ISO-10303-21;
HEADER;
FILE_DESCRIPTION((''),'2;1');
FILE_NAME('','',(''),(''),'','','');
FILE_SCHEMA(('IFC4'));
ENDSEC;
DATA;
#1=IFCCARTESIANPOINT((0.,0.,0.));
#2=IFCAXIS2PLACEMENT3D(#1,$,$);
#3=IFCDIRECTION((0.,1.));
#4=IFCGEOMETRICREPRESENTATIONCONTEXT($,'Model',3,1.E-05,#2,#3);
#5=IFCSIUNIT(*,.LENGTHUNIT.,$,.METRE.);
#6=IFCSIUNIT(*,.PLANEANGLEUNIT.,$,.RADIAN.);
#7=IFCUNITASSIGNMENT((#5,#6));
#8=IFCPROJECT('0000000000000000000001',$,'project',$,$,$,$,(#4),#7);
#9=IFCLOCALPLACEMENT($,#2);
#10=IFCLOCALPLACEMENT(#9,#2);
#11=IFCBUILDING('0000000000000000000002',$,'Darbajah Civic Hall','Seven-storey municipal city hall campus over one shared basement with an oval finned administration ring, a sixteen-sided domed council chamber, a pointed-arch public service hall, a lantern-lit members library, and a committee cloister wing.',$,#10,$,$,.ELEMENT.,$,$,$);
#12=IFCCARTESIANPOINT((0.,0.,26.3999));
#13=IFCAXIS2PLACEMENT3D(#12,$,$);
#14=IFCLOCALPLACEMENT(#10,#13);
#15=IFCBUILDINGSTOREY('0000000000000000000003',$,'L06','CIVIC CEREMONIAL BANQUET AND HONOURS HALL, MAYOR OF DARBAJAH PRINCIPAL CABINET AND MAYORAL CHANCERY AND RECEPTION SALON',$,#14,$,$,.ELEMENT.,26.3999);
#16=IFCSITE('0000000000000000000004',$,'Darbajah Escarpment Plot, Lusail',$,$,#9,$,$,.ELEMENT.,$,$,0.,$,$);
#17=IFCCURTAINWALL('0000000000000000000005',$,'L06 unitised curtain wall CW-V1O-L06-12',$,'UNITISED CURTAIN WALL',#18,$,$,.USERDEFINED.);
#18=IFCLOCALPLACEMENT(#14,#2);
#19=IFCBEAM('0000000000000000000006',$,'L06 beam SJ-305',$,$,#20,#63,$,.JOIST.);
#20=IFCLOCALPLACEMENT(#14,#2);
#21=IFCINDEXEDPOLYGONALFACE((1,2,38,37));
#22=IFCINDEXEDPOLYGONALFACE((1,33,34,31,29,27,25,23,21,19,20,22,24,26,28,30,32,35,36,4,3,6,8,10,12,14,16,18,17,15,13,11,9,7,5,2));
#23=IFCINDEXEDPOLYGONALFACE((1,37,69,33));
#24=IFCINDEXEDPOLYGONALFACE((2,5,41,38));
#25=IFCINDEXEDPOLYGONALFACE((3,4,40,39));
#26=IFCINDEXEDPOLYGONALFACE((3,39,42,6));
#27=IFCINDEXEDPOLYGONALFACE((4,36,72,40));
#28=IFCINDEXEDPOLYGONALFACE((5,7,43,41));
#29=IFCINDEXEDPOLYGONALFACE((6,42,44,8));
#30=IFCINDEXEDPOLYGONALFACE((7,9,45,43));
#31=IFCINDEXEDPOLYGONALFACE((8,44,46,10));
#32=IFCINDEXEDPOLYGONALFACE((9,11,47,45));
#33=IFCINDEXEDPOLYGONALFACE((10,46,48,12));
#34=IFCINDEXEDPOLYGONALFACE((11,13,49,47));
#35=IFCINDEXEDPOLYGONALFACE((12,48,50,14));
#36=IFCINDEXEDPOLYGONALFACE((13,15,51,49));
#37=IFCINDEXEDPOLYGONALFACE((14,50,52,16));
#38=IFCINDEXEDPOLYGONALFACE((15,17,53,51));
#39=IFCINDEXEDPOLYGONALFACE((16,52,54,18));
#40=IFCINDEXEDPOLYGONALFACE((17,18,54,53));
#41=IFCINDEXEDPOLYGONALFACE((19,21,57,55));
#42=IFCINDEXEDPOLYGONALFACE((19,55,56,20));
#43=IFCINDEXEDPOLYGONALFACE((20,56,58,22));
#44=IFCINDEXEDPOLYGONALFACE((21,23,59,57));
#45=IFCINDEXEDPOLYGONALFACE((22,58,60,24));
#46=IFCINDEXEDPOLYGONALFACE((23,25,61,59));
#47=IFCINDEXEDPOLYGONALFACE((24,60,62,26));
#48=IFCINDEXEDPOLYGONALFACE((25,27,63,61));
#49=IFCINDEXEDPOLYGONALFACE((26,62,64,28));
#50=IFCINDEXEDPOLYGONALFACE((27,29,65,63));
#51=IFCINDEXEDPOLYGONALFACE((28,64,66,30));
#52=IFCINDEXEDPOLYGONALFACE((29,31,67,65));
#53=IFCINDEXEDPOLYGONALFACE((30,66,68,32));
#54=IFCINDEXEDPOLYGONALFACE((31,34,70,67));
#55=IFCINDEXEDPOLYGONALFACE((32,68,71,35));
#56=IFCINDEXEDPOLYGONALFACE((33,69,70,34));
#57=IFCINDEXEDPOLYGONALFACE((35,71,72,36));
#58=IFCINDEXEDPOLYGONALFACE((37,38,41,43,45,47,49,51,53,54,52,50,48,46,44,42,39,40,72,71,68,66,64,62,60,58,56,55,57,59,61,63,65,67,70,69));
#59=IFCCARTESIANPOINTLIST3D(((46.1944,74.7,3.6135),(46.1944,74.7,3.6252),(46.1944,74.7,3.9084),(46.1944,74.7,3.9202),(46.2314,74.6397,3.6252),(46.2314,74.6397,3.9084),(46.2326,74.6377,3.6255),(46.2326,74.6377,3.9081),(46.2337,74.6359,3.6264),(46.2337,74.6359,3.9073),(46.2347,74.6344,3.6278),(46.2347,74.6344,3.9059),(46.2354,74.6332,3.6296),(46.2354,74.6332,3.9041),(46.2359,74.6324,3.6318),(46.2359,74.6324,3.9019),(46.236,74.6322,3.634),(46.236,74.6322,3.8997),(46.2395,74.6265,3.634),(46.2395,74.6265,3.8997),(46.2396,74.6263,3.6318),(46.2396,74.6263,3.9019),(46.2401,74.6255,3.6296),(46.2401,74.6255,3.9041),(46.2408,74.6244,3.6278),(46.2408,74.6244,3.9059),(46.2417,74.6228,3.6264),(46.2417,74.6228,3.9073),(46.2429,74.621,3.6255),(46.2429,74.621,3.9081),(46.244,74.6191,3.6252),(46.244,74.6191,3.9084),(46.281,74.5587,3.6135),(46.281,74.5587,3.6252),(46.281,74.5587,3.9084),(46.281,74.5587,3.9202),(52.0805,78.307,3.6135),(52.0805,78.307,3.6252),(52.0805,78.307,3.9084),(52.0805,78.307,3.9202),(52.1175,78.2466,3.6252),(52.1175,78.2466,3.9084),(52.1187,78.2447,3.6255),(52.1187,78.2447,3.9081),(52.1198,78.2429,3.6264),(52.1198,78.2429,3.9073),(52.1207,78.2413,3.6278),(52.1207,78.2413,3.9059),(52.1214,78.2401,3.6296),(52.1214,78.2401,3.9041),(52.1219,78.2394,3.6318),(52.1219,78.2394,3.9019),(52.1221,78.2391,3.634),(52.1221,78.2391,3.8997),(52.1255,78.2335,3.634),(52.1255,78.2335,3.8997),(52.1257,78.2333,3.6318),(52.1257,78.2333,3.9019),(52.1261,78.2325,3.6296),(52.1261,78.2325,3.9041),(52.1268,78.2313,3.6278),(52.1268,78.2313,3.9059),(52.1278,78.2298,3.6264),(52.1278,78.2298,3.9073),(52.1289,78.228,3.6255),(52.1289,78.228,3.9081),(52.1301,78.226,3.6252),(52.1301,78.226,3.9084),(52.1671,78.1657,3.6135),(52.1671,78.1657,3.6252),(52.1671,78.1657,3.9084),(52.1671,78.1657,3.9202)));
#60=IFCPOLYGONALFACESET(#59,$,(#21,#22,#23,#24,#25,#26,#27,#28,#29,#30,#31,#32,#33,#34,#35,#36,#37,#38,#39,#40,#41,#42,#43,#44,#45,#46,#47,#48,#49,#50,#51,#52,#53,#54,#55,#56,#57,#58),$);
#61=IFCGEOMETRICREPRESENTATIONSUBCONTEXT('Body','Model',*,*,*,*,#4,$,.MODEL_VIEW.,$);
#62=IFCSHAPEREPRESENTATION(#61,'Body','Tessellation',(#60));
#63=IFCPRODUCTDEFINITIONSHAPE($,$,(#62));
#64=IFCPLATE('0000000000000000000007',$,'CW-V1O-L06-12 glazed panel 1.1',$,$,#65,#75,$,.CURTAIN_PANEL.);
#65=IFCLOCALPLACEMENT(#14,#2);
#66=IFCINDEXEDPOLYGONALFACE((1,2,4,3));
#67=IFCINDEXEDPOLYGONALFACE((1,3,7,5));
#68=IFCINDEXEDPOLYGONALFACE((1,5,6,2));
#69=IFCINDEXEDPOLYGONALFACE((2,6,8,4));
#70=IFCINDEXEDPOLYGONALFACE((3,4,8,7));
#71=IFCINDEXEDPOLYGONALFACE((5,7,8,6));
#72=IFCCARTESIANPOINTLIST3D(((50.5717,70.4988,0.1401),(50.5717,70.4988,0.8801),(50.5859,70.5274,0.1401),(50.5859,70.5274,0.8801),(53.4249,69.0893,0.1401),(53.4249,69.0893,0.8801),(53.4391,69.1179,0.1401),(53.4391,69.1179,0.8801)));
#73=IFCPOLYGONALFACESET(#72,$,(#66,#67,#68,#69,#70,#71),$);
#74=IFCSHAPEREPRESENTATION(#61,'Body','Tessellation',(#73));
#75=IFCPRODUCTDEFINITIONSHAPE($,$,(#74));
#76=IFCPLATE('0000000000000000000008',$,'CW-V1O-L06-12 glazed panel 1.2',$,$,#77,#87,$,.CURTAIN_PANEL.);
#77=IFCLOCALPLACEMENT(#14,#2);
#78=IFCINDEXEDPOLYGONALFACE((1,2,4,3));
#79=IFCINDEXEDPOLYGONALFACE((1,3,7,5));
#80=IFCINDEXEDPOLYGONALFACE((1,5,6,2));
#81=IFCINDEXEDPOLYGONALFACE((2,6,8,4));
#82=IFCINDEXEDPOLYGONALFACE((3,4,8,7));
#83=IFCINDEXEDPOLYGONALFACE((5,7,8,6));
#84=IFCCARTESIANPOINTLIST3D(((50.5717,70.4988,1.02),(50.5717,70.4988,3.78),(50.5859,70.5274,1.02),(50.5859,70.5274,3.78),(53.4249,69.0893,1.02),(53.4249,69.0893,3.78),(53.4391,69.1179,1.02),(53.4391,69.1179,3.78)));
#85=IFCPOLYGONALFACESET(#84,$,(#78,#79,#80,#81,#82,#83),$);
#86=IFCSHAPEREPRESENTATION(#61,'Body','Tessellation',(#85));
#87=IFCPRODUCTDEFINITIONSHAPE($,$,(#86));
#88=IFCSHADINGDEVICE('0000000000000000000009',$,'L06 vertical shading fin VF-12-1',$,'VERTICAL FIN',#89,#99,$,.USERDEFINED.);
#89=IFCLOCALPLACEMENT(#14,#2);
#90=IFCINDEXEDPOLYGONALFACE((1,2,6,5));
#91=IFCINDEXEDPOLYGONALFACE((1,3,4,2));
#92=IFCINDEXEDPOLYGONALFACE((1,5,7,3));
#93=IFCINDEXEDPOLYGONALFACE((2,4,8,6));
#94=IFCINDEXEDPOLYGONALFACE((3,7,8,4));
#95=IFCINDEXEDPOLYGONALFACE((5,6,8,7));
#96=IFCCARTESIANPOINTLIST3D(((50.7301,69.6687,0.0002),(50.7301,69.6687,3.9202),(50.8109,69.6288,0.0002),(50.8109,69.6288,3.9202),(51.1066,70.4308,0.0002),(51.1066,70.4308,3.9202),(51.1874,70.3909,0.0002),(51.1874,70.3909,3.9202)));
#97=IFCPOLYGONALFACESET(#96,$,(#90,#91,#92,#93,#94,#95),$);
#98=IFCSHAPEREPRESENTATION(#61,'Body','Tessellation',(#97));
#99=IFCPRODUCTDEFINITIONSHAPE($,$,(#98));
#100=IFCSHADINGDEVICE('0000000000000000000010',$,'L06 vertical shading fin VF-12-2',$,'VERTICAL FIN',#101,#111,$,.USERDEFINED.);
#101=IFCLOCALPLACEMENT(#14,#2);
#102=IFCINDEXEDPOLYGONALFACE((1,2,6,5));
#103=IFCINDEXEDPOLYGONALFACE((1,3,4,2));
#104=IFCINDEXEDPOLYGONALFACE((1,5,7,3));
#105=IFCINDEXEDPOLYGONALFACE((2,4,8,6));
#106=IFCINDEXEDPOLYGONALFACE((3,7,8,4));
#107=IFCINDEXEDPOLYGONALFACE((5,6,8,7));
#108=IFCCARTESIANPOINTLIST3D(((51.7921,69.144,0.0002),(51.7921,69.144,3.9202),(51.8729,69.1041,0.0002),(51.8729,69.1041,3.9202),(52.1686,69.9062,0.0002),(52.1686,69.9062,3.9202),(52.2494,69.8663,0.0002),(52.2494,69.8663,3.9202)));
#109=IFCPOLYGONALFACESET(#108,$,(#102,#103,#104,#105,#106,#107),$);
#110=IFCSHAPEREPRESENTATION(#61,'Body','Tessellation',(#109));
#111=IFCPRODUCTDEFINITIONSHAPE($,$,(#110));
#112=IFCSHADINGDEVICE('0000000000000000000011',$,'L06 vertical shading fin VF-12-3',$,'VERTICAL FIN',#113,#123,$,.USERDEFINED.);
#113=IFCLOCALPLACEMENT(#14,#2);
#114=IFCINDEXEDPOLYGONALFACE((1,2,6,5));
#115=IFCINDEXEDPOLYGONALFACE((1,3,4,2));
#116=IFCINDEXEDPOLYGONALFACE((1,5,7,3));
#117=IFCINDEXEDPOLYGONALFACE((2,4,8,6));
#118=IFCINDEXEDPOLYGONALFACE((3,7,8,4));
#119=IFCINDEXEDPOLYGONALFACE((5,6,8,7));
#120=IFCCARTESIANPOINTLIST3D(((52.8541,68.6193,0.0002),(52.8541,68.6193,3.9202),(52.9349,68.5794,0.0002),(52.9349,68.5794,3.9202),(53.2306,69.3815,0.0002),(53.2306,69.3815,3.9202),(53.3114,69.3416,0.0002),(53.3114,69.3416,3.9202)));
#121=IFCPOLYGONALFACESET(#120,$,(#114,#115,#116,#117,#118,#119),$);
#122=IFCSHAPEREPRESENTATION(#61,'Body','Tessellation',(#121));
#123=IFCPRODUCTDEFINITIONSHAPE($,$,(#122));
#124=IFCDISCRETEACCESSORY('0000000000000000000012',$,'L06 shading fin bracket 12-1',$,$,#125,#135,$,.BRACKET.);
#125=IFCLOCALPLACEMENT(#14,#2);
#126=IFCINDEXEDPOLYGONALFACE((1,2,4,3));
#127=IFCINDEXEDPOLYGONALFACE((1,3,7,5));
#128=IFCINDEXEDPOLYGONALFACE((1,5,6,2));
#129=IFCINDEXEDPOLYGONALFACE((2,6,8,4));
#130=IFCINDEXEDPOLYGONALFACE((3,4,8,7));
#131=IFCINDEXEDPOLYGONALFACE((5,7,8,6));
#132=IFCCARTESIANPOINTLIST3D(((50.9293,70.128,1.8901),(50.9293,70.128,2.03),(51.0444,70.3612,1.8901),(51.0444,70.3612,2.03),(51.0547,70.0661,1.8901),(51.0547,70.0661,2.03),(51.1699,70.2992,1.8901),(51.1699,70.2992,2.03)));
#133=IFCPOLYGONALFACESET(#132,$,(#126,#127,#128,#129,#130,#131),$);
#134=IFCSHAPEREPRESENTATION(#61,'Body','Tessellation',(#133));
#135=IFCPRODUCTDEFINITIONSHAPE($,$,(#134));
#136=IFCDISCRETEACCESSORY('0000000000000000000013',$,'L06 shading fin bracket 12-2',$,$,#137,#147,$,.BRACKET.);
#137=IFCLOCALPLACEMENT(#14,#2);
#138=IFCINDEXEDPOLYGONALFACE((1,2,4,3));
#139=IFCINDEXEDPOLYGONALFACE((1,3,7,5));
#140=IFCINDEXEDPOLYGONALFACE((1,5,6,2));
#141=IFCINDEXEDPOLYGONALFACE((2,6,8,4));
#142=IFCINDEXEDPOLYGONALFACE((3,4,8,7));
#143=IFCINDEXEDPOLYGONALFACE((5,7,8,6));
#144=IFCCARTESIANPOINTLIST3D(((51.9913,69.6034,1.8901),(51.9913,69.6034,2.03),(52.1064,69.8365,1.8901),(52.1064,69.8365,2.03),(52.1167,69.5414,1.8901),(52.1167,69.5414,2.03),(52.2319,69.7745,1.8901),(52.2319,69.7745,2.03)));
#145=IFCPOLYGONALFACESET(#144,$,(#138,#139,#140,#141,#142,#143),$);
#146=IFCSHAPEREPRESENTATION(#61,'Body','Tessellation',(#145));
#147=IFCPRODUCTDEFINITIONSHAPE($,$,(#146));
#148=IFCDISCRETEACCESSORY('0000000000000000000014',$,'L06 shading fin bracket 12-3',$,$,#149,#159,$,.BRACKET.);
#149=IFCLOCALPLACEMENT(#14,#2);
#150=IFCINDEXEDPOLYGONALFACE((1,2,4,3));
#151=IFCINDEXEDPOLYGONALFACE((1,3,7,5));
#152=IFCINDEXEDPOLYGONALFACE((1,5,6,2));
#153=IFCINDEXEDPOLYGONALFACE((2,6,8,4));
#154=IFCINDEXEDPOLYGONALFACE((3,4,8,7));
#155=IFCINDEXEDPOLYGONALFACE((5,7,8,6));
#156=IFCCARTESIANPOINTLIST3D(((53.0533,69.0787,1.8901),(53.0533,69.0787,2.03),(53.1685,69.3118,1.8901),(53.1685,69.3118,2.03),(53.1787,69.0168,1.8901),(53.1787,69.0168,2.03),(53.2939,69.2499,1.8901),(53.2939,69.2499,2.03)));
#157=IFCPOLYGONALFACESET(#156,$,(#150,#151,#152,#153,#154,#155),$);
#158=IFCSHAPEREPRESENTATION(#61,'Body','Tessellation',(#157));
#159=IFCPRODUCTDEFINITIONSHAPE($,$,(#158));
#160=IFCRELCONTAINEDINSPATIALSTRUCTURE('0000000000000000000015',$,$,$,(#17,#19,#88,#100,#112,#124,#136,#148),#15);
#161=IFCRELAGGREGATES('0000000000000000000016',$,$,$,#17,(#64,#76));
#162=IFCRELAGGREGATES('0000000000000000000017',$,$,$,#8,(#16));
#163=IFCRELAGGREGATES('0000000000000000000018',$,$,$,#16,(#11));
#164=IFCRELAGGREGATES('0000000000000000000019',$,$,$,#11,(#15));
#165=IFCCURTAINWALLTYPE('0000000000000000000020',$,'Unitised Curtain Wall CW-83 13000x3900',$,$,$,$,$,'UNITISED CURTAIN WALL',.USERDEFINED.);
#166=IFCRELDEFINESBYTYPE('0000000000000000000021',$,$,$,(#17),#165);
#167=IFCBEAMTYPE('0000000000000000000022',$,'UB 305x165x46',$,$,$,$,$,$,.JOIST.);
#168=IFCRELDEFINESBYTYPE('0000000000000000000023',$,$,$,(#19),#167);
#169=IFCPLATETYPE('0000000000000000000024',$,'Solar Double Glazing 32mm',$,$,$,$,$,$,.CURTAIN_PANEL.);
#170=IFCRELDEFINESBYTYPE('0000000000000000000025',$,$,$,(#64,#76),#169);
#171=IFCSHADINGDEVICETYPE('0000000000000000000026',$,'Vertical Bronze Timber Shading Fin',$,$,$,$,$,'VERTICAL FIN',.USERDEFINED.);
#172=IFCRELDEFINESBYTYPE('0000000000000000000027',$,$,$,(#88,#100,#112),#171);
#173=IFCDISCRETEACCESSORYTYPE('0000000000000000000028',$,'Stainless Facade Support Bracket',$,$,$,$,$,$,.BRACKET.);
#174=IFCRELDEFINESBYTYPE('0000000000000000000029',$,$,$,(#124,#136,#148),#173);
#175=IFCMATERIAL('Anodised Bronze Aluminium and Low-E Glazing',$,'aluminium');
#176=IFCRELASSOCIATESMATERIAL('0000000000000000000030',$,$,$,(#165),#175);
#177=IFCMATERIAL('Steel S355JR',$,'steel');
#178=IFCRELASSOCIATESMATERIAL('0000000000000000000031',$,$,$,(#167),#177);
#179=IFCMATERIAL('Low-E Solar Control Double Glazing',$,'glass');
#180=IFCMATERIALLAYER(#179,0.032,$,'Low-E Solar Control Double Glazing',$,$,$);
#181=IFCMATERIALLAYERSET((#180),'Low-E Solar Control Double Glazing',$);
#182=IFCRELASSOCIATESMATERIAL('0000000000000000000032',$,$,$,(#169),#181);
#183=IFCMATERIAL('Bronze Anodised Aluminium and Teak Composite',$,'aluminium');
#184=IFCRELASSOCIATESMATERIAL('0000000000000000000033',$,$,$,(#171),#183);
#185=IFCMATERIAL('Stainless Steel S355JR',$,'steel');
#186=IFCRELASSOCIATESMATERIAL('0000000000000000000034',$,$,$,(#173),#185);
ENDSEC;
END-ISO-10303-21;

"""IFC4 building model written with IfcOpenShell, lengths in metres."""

from ifc_helpers import new_model, si_unit, direction, frame, origin, origin_2d, place, context, subcontext, project, spatial, rectangle, i_section, extrude, material, layer, layer_set, material_profile, profile_set, type_object, element, aggregate, save


model = new_model("IFC4")

# Units and contexts
model_context = context("Model", 3, precision=1e-05, world=origin(), true_north=direction((0.0, 1.0)))
body_context = subcontext(model_context, "Body", "Model", "MODEL_VIEW")
ifc_project = project(units=[si_unit("LENGTHUNIT", "METRE"), si_unit("PLANEANGLEUNIT", "RADIAN")], contexts=[model_context])

# Site, building, storey
site_placement = place(None, origin())
site = spatial("IfcSite", under=ifc_project, at=site_placement, Name="Darbajah Escarpment Plot, Lusail", CompositionType="ELEMENT", RefElevation=0.0)
building_placement = place(site_placement, origin())
building = spatial("IfcBuilding", under=site, at=building_placement, Name="Darbajah Civic Hall", Description="Seven-storey municipal city hall campus over one shared basement with an oval finned administration ring, a sixteen-sided domed council chamber, a pointed-arch public service hall, a lantern-lit members library, and a committee cloister wing.", CompositionType="ELEMENT")
storey_placement = place(building_placement, frame((0.0, 0.0, 26.3999)))
storey = spatial("IfcBuildingStorey", under=building, at=storey_placement, Name="L06", Description="CIVIC CEREMONIAL BANQUET AND HONOURS HALL, MAYOR OF DARBAJAH PRINCIPAL CABINET AND MAYORAL CHANCERY AND RECEPTION SALON", CompositionType="ELEMENT", Elevation=26.3999)

# Curtain wall
ifc_material_1 = material(Name="Anodised Bronze Aluminium and Low-E Glazing", Category="aluminium")
curtain_wall_type = type_object("IfcCurtainWallType", Name="Unitised Curtain Wall CW-83 13000x3900", ElementType="UNITISED CURTAIN WALL", PredefinedType="USERDEFINED", material=ifc_material_1)
curtain_wall_placement = place(storey_placement, origin())
curtain_wall = element("IfcCurtainWall", 1, at=curtain_wall_placement, inside=storey, type_object=curtain_wall_type, Name="L06 unitised curtain wall CW-V1O-L06-12", ObjectType="UNITISED CURTAIN WALL", PredefinedType="USERDEFINED")

# Beam
ifc_material_2 = material(Name="Steel S355JR", Category="steel")
ifc_material_profile_1 = material_profile(ifc_material_2, i_section(OverallWidth=0.1658, OverallDepth=0.3066, WebThickness=0.0066, FlangeThickness=0.0117, FilletRadius=0.0088, at=origin_2d()), Name="UB 305x165x46")
ifc_profile_set_1 = profile_set([ifc_material_profile_1], Name="Steel S355JR")
beam_type_1 = type_object("IfcBeamType", Name="UB 305x165x46", PredefinedType="JOIST", material=ifc_profile_set_1)
beam_1_placement = place(storey_placement, frame((52.1238, 78.2363, 3.7668), z_axis=(-0.85264, -0.522498, 0.0), x_axis=(0.522498, -0.85264, 0.0)))
element("IfcBeam", 2, at=beam_1_placement, inside=storey, type_object=beam_type_1, Name="L06 beam SJ-305", PredefinedType="JOIST", context=body_context, shape_type="SweptSolid", body=[
    extrude(i_section(OverallWidth=0.1658, OverallDepth=0.3066, WebThickness=0.0066, FlangeThickness=0.0117, FilletRadius=0.0088, at=origin_2d()), origin(), (0.0, 0.0, 1.0), 6.9033),
])

# Plates
ifc_material_3 = material(Name="Low-E Solar Control Double Glazing", Category="glass")
ifc_layer = layer(ifc_material_3, 0.032, Name="Low-E Solar Control Double Glazing")
ifc_layer_set = layer_set([ifc_layer], Name="Low-E Solar Control Double Glazing")
plate_type = type_object("IfcPlateType", Name="Solar Double Glazing 32mm", PredefinedType="CURTAIN_PANEL", material=ifc_layer_set)
plate_1_placement = place(storey_placement, frame((52.0054, 69.8083, 0.1401), z_axis=(0.0, 0.0, 1.0), x_axis=(0.896564, -0.442915, 0.0)))
plate_1 = element("IfcPlate", 3, at=plate_1_placement, type_object=plate_type, Name="CW-V1O-L06-12 glazed panel 1.1", PredefinedType="CURTAIN_PANEL", context=body_context, shape_type="SweptSolid", body=[
    extrude(rectangle(XDim=3.1824, YDim=0.032, at=origin_2d()), origin(), (0.0, 0.0, 1.0), 0.74),
])
plate_2_placement = place(storey_placement, frame((52.0054, 69.8083, 1.02), z_axis=(0.0, 0.0, 1.0), x_axis=(0.896564, -0.442915, 0.0)))
plate_2 = element("IfcPlate", 4, at=plate_2_placement, type_object=plate_type, Name="CW-V1O-L06-12 glazed panel 1.2", PredefinedType="CURTAIN_PANEL", context=body_context, shape_type="SweptSolid", body=[
    extrude(rectangle(XDim=3.1824, YDim=0.032, at=origin_2d()), origin(), (0.0, 0.0, 1.0), 2.76),
])
aggregate(curtain_wall, [plate_1, plate_2])

# Shading devices
ifc_material_4 = material(Name="Bronze Anodised Aluminium and Teak Composite", Category="aluminium")
shading_device_type = type_object("IfcShadingDeviceType", Name="Vertical Bronze Timber Shading Fin", ElementType="VERTICAL FIN", PredefinedType="USERDEFINED", material=ifc_material_4)
for number, where, z_axis, x_axis, name in (
    (5, (50.9587, 70.0298, 0.0002), (0.0, 0.0, 1.0), (-0.442915, -0.896564, 0.0), "L06 vertical shading fin VF-12-1"),
    (6, (52.0208, 69.5051, 0.0002), (0.0, 0.0, 1.0), (-0.442915, -0.896564, 0.0), "L06 vertical shading fin VF-12-2"),
    (7, (53.0828, 68.9805, 0.0002), (0.0, 0.0, 1.0), (-0.442915, -0.896564, 0.0), "L06 vertical shading fin VF-12-3"),
):
    element("IfcShadingDevice", number, at=place(storey_placement, frame(where, z_axis=z_axis, x_axis=x_axis)), inside=storey, type_object=shading_device_type, Name=name, ObjectType="VERTICAL FIN", PredefinedType="USERDEFINED", context=body_context, shape_type="SweptSolid", body=[
        extrude(rectangle(XDim=0.8501, YDim=0.0901, at=origin_2d()), origin(), (0.0, 0.0, 1.0), 3.9199),
    ])

# Discrete accessories
ifc_material_5 = material(Name="Stainless Steel S355JR", Category="steel")
discrete_accessory_type = type_object("IfcDiscreteAccessoryType", Name="Stainless Facade Support Bracket", PredefinedType="BRACKET", material=ifc_material_5)
for number, where, z_axis, x_axis, name in (
    (8, (51.0496, 70.2136, 1.8901), (0.0, 0.0, 1.0), (-0.442915, -0.896564, 0.0), "L06 shading fin bracket 12-1"),
    (9, (52.1116, 69.689, 1.8901), (0.0, 0.0, 1.0), (-0.442915, -0.896564, 0.0), "L06 shading fin bracket 12-2"),
    (10, (53.1736, 69.1643, 1.8901), (0.0, 0.0, 1.0), (-0.442915, -0.896564, 0.0), "L06 shading fin bracket 12-3"),
):
    element("IfcDiscreteAccessory", number, at=place(storey_placement, frame(where, z_axis=z_axis, x_axis=x_axis)), inside=storey, type_object=discrete_accessory_type, Name=name, PredefinedType="BRACKET", context=body_context, shape_type="SweptSolid", body=[
        extrude(rectangle(XDim=0.26, YDim=0.1399, at=origin_2d()), origin(), (0.0, 0.0, 1.0), 0.1399),
    ])

save(model, "model.ifc")
